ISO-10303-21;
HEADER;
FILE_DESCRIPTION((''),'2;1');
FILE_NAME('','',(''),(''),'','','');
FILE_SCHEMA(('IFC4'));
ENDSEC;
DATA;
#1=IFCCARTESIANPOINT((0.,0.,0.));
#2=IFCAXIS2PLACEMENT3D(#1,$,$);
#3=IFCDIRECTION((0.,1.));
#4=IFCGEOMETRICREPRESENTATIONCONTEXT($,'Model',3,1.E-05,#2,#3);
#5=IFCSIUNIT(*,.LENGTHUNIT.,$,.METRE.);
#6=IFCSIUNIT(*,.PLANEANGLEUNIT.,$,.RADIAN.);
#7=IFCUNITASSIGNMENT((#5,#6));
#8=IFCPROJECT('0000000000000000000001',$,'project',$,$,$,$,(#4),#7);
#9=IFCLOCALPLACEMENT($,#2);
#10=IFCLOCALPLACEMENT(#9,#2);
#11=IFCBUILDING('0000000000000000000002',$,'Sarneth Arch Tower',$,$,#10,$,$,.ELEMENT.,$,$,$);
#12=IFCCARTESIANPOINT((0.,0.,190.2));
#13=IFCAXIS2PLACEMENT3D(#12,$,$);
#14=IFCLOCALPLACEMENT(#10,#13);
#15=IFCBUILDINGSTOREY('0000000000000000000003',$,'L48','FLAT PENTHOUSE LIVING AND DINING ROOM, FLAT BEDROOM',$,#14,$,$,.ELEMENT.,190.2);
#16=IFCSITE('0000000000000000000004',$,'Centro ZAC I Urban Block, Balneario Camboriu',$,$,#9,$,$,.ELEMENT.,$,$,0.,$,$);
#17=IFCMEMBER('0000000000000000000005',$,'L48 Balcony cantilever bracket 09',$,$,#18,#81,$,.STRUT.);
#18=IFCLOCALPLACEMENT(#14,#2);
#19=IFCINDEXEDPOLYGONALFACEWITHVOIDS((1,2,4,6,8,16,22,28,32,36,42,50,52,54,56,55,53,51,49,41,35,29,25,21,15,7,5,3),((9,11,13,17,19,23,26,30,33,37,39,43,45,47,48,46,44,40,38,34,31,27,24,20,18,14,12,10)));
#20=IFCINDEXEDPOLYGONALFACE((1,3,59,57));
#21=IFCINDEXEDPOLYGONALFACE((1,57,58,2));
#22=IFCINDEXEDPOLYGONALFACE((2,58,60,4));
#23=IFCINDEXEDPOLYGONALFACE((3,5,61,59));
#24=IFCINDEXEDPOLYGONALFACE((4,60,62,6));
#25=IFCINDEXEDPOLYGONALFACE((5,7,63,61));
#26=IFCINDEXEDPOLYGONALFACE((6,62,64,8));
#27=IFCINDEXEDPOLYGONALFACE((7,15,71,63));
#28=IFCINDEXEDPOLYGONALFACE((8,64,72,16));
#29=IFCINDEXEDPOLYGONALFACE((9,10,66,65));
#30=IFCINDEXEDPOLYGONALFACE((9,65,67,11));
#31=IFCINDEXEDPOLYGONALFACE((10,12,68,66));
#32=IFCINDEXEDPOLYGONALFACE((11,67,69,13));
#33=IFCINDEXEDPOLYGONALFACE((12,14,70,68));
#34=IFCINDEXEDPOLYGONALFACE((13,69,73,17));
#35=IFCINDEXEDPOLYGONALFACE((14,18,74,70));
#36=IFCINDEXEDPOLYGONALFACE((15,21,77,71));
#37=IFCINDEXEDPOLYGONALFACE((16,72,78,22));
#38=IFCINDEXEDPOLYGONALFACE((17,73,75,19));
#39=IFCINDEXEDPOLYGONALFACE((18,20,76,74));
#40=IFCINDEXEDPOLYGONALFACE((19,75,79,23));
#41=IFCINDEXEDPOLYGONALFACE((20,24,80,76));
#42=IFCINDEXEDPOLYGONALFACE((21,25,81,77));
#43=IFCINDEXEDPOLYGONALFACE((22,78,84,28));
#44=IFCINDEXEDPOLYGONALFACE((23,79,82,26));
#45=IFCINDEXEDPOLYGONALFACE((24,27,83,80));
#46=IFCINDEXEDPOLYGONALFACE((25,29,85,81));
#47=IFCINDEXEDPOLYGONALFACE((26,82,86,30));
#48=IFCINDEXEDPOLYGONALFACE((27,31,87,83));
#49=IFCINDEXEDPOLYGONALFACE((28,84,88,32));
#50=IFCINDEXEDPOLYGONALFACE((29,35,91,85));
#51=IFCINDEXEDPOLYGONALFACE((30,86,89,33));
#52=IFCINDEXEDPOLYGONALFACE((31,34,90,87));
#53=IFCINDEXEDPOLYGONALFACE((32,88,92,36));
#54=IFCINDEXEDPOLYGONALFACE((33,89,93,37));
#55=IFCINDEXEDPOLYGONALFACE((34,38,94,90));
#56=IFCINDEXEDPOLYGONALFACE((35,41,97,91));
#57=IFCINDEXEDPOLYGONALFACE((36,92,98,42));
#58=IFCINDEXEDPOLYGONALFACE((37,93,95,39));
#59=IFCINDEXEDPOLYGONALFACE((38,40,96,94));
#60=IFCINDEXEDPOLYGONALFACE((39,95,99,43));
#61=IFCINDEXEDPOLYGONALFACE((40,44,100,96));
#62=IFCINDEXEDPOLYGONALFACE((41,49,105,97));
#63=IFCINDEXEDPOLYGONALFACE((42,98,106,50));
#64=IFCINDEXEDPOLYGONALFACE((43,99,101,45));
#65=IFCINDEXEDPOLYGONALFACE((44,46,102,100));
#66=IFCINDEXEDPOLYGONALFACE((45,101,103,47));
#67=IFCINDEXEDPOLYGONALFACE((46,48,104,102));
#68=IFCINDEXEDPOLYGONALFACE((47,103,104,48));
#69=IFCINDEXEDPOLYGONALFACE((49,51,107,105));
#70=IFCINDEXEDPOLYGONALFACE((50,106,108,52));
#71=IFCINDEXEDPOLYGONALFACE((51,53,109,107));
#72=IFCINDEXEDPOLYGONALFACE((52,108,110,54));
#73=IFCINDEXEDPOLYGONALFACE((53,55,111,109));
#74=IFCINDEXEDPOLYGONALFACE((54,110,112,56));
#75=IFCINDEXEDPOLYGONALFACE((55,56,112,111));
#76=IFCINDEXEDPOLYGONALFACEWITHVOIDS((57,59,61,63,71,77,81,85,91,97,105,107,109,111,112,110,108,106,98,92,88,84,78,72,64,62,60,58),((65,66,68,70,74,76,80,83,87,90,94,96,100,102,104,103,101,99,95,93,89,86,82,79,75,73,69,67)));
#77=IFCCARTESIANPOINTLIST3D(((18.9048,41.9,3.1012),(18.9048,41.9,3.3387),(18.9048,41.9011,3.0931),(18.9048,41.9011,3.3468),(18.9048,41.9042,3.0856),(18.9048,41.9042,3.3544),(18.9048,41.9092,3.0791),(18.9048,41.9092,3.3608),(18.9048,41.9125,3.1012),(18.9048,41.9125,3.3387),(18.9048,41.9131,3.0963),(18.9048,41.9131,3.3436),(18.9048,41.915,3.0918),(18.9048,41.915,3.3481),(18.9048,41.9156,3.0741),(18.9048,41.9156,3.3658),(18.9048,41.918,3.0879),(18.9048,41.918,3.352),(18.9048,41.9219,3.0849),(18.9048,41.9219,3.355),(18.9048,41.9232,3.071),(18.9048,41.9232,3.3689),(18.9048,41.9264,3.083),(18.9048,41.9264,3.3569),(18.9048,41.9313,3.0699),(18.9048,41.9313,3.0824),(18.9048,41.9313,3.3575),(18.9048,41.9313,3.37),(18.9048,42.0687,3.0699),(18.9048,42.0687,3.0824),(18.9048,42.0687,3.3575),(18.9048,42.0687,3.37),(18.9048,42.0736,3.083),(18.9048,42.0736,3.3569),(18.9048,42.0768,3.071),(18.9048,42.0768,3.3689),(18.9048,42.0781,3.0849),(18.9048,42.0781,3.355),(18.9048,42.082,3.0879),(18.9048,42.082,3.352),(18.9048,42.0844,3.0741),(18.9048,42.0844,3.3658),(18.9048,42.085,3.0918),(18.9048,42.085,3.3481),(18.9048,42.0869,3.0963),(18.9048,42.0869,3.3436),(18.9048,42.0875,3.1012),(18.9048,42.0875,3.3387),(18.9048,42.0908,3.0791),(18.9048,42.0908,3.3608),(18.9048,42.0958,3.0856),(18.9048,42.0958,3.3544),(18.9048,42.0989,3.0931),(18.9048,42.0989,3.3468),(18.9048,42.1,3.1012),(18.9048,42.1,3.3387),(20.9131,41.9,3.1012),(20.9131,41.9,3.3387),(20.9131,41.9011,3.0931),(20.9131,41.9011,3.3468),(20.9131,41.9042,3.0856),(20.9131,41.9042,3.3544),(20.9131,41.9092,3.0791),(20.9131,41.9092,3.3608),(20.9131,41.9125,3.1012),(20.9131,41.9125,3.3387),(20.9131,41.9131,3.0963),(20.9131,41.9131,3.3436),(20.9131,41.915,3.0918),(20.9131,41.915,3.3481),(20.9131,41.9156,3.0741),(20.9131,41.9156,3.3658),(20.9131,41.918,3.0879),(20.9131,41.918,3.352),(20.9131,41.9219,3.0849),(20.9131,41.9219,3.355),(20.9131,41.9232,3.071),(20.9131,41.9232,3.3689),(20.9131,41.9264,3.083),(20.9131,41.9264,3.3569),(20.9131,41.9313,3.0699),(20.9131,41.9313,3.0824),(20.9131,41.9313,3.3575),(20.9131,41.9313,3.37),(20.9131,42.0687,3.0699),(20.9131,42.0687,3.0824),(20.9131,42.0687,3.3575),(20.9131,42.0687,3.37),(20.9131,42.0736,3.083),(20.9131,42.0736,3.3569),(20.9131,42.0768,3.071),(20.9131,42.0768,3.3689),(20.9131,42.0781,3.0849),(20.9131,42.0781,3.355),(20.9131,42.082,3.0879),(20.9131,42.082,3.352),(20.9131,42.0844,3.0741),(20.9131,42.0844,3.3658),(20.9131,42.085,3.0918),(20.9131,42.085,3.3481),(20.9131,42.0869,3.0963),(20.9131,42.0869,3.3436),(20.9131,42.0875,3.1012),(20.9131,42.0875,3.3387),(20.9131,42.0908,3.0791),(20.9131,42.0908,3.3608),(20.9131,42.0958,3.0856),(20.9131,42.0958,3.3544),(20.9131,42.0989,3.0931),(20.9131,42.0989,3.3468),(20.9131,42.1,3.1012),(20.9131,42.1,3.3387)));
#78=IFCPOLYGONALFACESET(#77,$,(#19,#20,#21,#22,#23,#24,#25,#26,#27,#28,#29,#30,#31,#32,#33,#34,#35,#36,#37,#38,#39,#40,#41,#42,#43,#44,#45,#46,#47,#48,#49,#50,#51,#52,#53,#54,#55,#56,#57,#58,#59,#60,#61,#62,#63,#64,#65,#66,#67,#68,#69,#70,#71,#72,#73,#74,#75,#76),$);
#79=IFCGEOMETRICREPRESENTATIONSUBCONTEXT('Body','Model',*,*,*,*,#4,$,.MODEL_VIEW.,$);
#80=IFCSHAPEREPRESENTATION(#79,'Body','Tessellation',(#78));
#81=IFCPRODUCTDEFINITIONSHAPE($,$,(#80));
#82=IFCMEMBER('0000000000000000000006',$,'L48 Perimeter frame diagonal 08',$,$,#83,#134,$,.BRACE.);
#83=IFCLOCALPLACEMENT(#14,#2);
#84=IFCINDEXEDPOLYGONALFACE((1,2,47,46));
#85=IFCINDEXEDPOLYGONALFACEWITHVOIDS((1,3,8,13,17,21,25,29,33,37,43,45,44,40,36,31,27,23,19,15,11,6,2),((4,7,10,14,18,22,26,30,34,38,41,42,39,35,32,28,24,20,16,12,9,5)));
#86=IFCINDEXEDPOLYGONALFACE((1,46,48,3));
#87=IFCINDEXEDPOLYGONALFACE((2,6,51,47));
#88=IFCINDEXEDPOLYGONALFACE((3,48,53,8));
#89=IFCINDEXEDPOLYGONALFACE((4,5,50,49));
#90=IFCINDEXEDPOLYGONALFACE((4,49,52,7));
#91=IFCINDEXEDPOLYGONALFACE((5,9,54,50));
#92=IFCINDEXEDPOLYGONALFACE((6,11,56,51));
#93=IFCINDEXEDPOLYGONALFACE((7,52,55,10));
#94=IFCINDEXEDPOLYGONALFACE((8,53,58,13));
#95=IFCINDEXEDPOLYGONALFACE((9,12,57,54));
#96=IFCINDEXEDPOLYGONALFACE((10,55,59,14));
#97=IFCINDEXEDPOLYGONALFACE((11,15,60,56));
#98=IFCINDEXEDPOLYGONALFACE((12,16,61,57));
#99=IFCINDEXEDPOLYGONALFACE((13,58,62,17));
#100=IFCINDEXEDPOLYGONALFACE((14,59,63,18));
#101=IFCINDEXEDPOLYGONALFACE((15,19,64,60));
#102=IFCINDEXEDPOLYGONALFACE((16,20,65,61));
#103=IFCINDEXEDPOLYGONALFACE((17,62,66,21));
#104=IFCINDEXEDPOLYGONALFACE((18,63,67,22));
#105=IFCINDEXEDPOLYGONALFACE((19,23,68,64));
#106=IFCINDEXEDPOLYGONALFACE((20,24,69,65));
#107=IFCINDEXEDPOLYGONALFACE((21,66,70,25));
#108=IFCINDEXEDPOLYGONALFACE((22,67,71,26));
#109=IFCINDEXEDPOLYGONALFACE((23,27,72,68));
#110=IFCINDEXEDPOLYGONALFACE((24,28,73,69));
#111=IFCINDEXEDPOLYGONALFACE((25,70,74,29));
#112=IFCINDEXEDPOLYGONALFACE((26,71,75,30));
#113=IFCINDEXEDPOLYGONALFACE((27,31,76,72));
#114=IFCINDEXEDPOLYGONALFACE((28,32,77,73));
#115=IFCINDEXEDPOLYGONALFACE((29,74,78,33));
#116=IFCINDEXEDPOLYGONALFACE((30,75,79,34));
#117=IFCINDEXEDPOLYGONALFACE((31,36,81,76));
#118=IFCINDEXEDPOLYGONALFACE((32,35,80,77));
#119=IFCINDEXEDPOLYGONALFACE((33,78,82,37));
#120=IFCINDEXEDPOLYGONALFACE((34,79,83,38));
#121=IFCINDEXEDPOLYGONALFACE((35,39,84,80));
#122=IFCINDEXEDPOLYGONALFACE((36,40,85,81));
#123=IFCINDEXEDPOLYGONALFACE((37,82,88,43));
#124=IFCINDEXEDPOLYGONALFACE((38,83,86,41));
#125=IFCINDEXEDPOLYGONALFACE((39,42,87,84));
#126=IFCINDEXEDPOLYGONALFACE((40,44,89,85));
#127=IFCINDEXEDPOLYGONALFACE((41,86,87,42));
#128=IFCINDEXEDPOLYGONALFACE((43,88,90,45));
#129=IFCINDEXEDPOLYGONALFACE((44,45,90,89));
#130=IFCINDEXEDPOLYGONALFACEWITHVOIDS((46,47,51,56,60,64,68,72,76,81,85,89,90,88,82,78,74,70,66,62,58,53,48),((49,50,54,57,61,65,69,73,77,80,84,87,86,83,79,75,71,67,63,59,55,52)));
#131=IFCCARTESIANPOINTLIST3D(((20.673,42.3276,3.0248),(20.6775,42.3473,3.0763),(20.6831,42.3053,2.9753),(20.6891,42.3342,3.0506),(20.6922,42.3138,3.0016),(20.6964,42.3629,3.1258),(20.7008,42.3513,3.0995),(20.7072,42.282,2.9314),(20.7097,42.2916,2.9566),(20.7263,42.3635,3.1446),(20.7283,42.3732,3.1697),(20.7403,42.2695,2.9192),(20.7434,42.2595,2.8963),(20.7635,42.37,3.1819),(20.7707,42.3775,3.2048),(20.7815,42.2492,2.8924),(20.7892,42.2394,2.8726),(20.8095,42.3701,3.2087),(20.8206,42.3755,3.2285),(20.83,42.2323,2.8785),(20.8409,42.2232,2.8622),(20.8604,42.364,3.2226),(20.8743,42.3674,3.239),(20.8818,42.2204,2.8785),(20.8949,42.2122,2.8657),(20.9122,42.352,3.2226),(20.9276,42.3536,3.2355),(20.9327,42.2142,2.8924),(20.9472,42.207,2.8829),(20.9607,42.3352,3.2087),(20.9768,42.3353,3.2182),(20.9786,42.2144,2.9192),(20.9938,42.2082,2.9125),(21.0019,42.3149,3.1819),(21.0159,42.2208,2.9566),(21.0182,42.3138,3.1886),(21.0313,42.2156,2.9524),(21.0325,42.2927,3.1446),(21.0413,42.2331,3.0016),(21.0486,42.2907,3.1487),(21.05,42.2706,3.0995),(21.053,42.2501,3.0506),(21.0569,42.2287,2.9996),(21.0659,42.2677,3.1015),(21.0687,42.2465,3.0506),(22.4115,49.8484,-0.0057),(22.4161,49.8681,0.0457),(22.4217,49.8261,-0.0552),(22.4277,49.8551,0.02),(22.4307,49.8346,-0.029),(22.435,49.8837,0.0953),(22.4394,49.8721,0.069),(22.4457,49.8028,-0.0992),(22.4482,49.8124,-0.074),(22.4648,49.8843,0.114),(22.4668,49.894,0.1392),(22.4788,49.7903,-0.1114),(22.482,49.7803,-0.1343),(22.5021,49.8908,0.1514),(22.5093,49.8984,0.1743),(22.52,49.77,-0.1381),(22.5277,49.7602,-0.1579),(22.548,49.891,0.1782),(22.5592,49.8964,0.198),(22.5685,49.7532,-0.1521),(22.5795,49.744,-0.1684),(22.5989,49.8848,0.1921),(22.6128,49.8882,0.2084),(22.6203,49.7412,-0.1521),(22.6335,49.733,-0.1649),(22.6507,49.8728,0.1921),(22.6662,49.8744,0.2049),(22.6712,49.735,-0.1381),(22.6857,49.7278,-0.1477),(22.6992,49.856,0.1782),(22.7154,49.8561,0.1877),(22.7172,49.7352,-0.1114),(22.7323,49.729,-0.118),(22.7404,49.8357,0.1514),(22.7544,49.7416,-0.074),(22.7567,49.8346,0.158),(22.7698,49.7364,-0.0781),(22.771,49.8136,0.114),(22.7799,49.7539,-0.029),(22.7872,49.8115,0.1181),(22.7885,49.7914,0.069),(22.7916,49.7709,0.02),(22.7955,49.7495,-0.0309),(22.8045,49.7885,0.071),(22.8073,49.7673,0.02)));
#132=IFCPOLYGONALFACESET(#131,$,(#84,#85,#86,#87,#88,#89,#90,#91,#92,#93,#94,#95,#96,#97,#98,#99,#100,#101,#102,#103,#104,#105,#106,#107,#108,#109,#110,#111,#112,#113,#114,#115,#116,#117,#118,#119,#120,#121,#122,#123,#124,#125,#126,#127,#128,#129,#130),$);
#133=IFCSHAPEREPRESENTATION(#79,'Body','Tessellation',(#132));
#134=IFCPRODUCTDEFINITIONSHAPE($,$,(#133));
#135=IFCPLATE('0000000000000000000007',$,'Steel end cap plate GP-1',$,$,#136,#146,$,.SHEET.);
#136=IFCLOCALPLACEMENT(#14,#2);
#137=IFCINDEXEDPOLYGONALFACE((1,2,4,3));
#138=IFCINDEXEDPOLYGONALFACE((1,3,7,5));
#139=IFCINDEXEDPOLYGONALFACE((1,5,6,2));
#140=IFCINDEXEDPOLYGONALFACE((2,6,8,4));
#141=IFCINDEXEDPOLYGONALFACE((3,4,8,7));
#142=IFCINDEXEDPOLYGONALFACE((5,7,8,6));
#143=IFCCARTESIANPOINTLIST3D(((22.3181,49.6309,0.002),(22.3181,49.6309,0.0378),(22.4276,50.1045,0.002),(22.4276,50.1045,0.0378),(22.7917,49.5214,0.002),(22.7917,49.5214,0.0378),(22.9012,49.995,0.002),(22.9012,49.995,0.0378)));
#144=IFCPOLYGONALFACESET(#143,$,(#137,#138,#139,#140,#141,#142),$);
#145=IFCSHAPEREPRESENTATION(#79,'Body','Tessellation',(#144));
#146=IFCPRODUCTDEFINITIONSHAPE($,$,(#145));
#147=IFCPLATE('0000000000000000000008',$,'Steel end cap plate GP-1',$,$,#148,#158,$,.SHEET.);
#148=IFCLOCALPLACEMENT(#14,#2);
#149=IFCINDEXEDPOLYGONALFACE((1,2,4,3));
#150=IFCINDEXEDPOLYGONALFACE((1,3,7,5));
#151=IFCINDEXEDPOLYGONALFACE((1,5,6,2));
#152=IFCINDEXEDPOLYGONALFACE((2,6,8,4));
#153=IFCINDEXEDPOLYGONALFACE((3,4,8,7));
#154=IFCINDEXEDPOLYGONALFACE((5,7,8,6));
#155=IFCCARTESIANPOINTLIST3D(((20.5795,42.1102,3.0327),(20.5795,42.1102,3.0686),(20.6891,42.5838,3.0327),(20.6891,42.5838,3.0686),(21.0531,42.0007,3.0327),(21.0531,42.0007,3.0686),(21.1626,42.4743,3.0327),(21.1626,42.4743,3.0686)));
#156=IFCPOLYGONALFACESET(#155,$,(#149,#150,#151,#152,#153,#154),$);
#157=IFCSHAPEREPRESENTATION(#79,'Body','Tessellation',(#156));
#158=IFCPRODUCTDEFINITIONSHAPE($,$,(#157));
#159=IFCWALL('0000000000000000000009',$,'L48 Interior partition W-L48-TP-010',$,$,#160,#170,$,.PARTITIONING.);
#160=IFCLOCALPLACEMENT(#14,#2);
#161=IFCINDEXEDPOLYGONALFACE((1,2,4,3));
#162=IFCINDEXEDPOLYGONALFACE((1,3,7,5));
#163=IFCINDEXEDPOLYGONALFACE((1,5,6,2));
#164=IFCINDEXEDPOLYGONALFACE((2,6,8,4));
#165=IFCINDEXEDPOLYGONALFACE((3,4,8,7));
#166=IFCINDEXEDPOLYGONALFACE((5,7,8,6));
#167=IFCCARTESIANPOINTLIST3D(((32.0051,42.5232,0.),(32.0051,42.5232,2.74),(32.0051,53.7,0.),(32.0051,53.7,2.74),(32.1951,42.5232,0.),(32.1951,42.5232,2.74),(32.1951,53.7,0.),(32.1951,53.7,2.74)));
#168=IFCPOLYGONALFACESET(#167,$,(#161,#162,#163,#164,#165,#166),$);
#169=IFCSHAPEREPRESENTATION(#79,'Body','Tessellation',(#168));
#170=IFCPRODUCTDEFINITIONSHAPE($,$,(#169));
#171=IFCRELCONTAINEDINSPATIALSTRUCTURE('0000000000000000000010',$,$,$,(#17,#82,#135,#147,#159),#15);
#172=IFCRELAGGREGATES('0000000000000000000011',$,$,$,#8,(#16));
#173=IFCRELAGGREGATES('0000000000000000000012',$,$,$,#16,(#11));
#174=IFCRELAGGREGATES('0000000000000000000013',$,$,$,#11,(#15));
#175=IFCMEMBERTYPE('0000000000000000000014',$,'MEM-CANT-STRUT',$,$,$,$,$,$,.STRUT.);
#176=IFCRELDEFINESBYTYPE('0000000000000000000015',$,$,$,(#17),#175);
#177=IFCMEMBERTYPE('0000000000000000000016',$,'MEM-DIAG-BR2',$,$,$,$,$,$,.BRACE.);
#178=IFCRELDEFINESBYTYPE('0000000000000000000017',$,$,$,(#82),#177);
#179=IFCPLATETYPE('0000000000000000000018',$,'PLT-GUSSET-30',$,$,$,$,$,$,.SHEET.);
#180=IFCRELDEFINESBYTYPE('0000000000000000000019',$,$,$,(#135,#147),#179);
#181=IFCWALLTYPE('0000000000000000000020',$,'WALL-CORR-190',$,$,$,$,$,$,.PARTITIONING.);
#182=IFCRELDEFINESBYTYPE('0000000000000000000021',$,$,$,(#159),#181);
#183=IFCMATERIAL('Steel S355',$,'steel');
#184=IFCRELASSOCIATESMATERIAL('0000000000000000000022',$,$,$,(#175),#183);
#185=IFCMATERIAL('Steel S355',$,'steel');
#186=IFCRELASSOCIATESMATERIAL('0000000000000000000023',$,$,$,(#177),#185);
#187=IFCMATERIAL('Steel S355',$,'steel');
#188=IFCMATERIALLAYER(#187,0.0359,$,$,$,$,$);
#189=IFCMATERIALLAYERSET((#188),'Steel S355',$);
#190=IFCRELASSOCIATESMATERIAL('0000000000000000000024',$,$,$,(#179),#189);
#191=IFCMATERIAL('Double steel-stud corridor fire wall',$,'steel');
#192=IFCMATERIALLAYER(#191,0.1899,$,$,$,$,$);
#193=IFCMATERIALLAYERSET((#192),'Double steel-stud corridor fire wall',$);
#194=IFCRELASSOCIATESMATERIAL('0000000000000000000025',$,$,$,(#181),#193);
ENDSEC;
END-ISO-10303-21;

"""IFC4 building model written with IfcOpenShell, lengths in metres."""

from ifc_helpers import new_model, si_unit, direction, frame, frame_2d, origin, origin_2d, place, context, subcontext, project, spatial, rectangle, hollow_rectangle, hollow_circle, extrude, material, layer, layer_set, material_profile, profile_set, type_object, element, save


model = new_model("IFC4")

# Units and contexts
model_context = context("Model", 3, precision=1e-05, world=origin(), true_north=direction((0.0, 1.0)))
body_context = subcontext(model_context, "Body", "Model", "MODEL_VIEW")
ifc_project = project(units=[si_unit("LENGTHUNIT", "METRE"), si_unit("PLANEANGLEUNIT", "RADIAN")], contexts=[model_context])

# Site, building, storey
site_placement = place(None, origin())
site = spatial("IfcSite", under=ifc_project, at=site_placement, Name="Centro ZAC I Urban Block, Balneario Camboriu", CompositionType="ELEMENT", RefElevation=0.0)
building_placement = place(site_placement, origin())
building = spatial("IfcBuilding", under=site, at=building_placement, Name="Sarneth Arch Tower", CompositionType="ELEMENT")
storey_placement = place(building_placement, frame((0.0, 0.0, 190.2)))
storey = spatial("IfcBuildingStorey", under=building, at=storey_placement, Name="L48", Description="FLAT PENTHOUSE LIVING AND DINING ROOM, FLAT BEDROOM", CompositionType="ELEMENT", Elevation=190.2)

# Members
ifc_material_1 = material(Name="Steel S355", Category="steel")
ifc_material_profile_1 = material_profile(ifc_material_1, hollow_rectangle(XDim=0.2, YDim=0.3, WallThickness=0.0125, InnerFilletRadius=0.0188, OuterFilletRadius=0.0312, at=origin_2d()), Name="RHS300x200x12.5")
ifc_profile_set_1 = profile_set([ifc_material_profile_1], Name="Steel S355")
member_type_1 = type_object("IfcMemberType", Name="MEM-CANT-STRUT", PredefinedType="STRUT", material=ifc_profile_set_1)
member_1_placement = place(storey_placement, frame((20.9131, 42.0, 3.22), z_axis=(-1.0, 0.0, 0.0), x_axis=(0.0, -1.0, 0.0)))
element("IfcMember", 1, at=member_1_placement, inside=storey, type_object=member_type_1, Name="L48 Balcony cantilever bracket 09", PredefinedType="STRUT", context=body_context, shape_type="SweptSolid", body=[
    extrude(hollow_rectangle(XDim=0.2, YDim=0.3, WallThickness=0.0125, InnerFilletRadius=0.0188, OuterFilletRadius=0.0312, at=origin_2d()), origin(), (0.0, 0.0, 1.0), 2.0083),
])
ifc_material_2 = material(Name="Steel S355", Category="steel")
ifc_material_profile_2 = material_profile(ifc_material_2, hollow_circle(Radius=0.2029, WallThickness=0.0161, at=origin_2d()), Name="CHS406x16")
ifc_profile_set_2 = profile_set([ifc_material_profile_2], Name="Steel S355")
member_type_2 = type_object("IfcMemberType", Name="MEM-DIAG-BR2", PredefinedType="BRACE", material=ifc_profile_set_2)
member_2_placement = place(storey_placement, frame((22.6096, 49.813, 0.02), z_axis=(-0.209646, -0.906917, 0.365446), x_axis=(0.974307, -0.225224, 0.0)))
element("IfcMember", 2, at=member_2_placement, inside=storey, type_object=member_type_2, Name="L48 Perimeter frame diagonal 08", PredefinedType="BRACE", context=body_context, shape_type="SweptSolid", body=[
    extrude(hollow_circle(Radius=0.2029, WallThickness=0.0161, at=origin_2d()), origin(), (0.0, 0.0, 1.0), 8.2927),
])

# Plates
ifc_material_3 = material(Name="Steel S355", Category="steel")
ifc_layer_1 = layer(ifc_material_3, 0.0359)
ifc_layer_set_1 = layer_set([ifc_layer_1], Name="Steel S355")
plate_type = type_object("IfcPlateType", Name="PLT-GUSSET-30", PredefinedType="SHEET", material=ifc_layer_set_1)
for number, where, z_axis, x_axis, name in (
    (3, (22.6096, 49.813, 0.002), (0.0, 0.0, 1.0), (-0.225291, -0.974291, 0.0), "Steel end cap plate GP-1"),
    (4, (20.8711, 42.2922, 3.0327), (0.0, 0.0, 1.0), (-0.225291, -0.974291, 0.0), "Steel end cap plate GP-1"),
):
    element("IfcPlate", number, at=place(storey_placement, frame(where, z_axis=z_axis, x_axis=x_axis)), inside=storey, type_object=plate_type, Name=name, PredefinedType="SHEET", context=body_context, shape_type="SweptSolid", body=[
        extrude(rectangle(XDim=0.4861, YDim=0.4861, at=origin_2d()), origin(), (0.0, 0.0, 1.0), 0.0359),
    ])

# Wall
ifc_material_4 = material(Name="Double steel-stud corridor fire wall", Category="steel")
ifc_layer_2 = layer(ifc_material_4, 0.1899)
ifc_layer_set_2 = layer_set([ifc_layer_2], Name="Double steel-stud corridor fire wall")
wall_type_1 = type_object("IfcWallType", Name="WALL-CORR-190", PredefinedType="PARTITIONING", material=ifc_layer_set_2)
wall_1_placement = place(storey_placement, frame((32.1001, 42.5232, 0.0), z_axis=(0.0, 0.0, 1.0), x_axis=(0.0, 1.0, 0.0)))
element("IfcWall", 5, at=wall_1_placement, inside=storey, type_object=wall_type_1, Name="L48 Interior partition W-L48-TP-010", PredefinedType="PARTITIONING", context=body_context, shape_type="SweptSolid", body=[
    extrude(rectangle(XDim=11.1768, YDim=0.1899, at=frame_2d((5.5884, 0.0))), origin(), (0.0, 0.0, 1.0), 2.74),
])

save(model, "model.ifc")
